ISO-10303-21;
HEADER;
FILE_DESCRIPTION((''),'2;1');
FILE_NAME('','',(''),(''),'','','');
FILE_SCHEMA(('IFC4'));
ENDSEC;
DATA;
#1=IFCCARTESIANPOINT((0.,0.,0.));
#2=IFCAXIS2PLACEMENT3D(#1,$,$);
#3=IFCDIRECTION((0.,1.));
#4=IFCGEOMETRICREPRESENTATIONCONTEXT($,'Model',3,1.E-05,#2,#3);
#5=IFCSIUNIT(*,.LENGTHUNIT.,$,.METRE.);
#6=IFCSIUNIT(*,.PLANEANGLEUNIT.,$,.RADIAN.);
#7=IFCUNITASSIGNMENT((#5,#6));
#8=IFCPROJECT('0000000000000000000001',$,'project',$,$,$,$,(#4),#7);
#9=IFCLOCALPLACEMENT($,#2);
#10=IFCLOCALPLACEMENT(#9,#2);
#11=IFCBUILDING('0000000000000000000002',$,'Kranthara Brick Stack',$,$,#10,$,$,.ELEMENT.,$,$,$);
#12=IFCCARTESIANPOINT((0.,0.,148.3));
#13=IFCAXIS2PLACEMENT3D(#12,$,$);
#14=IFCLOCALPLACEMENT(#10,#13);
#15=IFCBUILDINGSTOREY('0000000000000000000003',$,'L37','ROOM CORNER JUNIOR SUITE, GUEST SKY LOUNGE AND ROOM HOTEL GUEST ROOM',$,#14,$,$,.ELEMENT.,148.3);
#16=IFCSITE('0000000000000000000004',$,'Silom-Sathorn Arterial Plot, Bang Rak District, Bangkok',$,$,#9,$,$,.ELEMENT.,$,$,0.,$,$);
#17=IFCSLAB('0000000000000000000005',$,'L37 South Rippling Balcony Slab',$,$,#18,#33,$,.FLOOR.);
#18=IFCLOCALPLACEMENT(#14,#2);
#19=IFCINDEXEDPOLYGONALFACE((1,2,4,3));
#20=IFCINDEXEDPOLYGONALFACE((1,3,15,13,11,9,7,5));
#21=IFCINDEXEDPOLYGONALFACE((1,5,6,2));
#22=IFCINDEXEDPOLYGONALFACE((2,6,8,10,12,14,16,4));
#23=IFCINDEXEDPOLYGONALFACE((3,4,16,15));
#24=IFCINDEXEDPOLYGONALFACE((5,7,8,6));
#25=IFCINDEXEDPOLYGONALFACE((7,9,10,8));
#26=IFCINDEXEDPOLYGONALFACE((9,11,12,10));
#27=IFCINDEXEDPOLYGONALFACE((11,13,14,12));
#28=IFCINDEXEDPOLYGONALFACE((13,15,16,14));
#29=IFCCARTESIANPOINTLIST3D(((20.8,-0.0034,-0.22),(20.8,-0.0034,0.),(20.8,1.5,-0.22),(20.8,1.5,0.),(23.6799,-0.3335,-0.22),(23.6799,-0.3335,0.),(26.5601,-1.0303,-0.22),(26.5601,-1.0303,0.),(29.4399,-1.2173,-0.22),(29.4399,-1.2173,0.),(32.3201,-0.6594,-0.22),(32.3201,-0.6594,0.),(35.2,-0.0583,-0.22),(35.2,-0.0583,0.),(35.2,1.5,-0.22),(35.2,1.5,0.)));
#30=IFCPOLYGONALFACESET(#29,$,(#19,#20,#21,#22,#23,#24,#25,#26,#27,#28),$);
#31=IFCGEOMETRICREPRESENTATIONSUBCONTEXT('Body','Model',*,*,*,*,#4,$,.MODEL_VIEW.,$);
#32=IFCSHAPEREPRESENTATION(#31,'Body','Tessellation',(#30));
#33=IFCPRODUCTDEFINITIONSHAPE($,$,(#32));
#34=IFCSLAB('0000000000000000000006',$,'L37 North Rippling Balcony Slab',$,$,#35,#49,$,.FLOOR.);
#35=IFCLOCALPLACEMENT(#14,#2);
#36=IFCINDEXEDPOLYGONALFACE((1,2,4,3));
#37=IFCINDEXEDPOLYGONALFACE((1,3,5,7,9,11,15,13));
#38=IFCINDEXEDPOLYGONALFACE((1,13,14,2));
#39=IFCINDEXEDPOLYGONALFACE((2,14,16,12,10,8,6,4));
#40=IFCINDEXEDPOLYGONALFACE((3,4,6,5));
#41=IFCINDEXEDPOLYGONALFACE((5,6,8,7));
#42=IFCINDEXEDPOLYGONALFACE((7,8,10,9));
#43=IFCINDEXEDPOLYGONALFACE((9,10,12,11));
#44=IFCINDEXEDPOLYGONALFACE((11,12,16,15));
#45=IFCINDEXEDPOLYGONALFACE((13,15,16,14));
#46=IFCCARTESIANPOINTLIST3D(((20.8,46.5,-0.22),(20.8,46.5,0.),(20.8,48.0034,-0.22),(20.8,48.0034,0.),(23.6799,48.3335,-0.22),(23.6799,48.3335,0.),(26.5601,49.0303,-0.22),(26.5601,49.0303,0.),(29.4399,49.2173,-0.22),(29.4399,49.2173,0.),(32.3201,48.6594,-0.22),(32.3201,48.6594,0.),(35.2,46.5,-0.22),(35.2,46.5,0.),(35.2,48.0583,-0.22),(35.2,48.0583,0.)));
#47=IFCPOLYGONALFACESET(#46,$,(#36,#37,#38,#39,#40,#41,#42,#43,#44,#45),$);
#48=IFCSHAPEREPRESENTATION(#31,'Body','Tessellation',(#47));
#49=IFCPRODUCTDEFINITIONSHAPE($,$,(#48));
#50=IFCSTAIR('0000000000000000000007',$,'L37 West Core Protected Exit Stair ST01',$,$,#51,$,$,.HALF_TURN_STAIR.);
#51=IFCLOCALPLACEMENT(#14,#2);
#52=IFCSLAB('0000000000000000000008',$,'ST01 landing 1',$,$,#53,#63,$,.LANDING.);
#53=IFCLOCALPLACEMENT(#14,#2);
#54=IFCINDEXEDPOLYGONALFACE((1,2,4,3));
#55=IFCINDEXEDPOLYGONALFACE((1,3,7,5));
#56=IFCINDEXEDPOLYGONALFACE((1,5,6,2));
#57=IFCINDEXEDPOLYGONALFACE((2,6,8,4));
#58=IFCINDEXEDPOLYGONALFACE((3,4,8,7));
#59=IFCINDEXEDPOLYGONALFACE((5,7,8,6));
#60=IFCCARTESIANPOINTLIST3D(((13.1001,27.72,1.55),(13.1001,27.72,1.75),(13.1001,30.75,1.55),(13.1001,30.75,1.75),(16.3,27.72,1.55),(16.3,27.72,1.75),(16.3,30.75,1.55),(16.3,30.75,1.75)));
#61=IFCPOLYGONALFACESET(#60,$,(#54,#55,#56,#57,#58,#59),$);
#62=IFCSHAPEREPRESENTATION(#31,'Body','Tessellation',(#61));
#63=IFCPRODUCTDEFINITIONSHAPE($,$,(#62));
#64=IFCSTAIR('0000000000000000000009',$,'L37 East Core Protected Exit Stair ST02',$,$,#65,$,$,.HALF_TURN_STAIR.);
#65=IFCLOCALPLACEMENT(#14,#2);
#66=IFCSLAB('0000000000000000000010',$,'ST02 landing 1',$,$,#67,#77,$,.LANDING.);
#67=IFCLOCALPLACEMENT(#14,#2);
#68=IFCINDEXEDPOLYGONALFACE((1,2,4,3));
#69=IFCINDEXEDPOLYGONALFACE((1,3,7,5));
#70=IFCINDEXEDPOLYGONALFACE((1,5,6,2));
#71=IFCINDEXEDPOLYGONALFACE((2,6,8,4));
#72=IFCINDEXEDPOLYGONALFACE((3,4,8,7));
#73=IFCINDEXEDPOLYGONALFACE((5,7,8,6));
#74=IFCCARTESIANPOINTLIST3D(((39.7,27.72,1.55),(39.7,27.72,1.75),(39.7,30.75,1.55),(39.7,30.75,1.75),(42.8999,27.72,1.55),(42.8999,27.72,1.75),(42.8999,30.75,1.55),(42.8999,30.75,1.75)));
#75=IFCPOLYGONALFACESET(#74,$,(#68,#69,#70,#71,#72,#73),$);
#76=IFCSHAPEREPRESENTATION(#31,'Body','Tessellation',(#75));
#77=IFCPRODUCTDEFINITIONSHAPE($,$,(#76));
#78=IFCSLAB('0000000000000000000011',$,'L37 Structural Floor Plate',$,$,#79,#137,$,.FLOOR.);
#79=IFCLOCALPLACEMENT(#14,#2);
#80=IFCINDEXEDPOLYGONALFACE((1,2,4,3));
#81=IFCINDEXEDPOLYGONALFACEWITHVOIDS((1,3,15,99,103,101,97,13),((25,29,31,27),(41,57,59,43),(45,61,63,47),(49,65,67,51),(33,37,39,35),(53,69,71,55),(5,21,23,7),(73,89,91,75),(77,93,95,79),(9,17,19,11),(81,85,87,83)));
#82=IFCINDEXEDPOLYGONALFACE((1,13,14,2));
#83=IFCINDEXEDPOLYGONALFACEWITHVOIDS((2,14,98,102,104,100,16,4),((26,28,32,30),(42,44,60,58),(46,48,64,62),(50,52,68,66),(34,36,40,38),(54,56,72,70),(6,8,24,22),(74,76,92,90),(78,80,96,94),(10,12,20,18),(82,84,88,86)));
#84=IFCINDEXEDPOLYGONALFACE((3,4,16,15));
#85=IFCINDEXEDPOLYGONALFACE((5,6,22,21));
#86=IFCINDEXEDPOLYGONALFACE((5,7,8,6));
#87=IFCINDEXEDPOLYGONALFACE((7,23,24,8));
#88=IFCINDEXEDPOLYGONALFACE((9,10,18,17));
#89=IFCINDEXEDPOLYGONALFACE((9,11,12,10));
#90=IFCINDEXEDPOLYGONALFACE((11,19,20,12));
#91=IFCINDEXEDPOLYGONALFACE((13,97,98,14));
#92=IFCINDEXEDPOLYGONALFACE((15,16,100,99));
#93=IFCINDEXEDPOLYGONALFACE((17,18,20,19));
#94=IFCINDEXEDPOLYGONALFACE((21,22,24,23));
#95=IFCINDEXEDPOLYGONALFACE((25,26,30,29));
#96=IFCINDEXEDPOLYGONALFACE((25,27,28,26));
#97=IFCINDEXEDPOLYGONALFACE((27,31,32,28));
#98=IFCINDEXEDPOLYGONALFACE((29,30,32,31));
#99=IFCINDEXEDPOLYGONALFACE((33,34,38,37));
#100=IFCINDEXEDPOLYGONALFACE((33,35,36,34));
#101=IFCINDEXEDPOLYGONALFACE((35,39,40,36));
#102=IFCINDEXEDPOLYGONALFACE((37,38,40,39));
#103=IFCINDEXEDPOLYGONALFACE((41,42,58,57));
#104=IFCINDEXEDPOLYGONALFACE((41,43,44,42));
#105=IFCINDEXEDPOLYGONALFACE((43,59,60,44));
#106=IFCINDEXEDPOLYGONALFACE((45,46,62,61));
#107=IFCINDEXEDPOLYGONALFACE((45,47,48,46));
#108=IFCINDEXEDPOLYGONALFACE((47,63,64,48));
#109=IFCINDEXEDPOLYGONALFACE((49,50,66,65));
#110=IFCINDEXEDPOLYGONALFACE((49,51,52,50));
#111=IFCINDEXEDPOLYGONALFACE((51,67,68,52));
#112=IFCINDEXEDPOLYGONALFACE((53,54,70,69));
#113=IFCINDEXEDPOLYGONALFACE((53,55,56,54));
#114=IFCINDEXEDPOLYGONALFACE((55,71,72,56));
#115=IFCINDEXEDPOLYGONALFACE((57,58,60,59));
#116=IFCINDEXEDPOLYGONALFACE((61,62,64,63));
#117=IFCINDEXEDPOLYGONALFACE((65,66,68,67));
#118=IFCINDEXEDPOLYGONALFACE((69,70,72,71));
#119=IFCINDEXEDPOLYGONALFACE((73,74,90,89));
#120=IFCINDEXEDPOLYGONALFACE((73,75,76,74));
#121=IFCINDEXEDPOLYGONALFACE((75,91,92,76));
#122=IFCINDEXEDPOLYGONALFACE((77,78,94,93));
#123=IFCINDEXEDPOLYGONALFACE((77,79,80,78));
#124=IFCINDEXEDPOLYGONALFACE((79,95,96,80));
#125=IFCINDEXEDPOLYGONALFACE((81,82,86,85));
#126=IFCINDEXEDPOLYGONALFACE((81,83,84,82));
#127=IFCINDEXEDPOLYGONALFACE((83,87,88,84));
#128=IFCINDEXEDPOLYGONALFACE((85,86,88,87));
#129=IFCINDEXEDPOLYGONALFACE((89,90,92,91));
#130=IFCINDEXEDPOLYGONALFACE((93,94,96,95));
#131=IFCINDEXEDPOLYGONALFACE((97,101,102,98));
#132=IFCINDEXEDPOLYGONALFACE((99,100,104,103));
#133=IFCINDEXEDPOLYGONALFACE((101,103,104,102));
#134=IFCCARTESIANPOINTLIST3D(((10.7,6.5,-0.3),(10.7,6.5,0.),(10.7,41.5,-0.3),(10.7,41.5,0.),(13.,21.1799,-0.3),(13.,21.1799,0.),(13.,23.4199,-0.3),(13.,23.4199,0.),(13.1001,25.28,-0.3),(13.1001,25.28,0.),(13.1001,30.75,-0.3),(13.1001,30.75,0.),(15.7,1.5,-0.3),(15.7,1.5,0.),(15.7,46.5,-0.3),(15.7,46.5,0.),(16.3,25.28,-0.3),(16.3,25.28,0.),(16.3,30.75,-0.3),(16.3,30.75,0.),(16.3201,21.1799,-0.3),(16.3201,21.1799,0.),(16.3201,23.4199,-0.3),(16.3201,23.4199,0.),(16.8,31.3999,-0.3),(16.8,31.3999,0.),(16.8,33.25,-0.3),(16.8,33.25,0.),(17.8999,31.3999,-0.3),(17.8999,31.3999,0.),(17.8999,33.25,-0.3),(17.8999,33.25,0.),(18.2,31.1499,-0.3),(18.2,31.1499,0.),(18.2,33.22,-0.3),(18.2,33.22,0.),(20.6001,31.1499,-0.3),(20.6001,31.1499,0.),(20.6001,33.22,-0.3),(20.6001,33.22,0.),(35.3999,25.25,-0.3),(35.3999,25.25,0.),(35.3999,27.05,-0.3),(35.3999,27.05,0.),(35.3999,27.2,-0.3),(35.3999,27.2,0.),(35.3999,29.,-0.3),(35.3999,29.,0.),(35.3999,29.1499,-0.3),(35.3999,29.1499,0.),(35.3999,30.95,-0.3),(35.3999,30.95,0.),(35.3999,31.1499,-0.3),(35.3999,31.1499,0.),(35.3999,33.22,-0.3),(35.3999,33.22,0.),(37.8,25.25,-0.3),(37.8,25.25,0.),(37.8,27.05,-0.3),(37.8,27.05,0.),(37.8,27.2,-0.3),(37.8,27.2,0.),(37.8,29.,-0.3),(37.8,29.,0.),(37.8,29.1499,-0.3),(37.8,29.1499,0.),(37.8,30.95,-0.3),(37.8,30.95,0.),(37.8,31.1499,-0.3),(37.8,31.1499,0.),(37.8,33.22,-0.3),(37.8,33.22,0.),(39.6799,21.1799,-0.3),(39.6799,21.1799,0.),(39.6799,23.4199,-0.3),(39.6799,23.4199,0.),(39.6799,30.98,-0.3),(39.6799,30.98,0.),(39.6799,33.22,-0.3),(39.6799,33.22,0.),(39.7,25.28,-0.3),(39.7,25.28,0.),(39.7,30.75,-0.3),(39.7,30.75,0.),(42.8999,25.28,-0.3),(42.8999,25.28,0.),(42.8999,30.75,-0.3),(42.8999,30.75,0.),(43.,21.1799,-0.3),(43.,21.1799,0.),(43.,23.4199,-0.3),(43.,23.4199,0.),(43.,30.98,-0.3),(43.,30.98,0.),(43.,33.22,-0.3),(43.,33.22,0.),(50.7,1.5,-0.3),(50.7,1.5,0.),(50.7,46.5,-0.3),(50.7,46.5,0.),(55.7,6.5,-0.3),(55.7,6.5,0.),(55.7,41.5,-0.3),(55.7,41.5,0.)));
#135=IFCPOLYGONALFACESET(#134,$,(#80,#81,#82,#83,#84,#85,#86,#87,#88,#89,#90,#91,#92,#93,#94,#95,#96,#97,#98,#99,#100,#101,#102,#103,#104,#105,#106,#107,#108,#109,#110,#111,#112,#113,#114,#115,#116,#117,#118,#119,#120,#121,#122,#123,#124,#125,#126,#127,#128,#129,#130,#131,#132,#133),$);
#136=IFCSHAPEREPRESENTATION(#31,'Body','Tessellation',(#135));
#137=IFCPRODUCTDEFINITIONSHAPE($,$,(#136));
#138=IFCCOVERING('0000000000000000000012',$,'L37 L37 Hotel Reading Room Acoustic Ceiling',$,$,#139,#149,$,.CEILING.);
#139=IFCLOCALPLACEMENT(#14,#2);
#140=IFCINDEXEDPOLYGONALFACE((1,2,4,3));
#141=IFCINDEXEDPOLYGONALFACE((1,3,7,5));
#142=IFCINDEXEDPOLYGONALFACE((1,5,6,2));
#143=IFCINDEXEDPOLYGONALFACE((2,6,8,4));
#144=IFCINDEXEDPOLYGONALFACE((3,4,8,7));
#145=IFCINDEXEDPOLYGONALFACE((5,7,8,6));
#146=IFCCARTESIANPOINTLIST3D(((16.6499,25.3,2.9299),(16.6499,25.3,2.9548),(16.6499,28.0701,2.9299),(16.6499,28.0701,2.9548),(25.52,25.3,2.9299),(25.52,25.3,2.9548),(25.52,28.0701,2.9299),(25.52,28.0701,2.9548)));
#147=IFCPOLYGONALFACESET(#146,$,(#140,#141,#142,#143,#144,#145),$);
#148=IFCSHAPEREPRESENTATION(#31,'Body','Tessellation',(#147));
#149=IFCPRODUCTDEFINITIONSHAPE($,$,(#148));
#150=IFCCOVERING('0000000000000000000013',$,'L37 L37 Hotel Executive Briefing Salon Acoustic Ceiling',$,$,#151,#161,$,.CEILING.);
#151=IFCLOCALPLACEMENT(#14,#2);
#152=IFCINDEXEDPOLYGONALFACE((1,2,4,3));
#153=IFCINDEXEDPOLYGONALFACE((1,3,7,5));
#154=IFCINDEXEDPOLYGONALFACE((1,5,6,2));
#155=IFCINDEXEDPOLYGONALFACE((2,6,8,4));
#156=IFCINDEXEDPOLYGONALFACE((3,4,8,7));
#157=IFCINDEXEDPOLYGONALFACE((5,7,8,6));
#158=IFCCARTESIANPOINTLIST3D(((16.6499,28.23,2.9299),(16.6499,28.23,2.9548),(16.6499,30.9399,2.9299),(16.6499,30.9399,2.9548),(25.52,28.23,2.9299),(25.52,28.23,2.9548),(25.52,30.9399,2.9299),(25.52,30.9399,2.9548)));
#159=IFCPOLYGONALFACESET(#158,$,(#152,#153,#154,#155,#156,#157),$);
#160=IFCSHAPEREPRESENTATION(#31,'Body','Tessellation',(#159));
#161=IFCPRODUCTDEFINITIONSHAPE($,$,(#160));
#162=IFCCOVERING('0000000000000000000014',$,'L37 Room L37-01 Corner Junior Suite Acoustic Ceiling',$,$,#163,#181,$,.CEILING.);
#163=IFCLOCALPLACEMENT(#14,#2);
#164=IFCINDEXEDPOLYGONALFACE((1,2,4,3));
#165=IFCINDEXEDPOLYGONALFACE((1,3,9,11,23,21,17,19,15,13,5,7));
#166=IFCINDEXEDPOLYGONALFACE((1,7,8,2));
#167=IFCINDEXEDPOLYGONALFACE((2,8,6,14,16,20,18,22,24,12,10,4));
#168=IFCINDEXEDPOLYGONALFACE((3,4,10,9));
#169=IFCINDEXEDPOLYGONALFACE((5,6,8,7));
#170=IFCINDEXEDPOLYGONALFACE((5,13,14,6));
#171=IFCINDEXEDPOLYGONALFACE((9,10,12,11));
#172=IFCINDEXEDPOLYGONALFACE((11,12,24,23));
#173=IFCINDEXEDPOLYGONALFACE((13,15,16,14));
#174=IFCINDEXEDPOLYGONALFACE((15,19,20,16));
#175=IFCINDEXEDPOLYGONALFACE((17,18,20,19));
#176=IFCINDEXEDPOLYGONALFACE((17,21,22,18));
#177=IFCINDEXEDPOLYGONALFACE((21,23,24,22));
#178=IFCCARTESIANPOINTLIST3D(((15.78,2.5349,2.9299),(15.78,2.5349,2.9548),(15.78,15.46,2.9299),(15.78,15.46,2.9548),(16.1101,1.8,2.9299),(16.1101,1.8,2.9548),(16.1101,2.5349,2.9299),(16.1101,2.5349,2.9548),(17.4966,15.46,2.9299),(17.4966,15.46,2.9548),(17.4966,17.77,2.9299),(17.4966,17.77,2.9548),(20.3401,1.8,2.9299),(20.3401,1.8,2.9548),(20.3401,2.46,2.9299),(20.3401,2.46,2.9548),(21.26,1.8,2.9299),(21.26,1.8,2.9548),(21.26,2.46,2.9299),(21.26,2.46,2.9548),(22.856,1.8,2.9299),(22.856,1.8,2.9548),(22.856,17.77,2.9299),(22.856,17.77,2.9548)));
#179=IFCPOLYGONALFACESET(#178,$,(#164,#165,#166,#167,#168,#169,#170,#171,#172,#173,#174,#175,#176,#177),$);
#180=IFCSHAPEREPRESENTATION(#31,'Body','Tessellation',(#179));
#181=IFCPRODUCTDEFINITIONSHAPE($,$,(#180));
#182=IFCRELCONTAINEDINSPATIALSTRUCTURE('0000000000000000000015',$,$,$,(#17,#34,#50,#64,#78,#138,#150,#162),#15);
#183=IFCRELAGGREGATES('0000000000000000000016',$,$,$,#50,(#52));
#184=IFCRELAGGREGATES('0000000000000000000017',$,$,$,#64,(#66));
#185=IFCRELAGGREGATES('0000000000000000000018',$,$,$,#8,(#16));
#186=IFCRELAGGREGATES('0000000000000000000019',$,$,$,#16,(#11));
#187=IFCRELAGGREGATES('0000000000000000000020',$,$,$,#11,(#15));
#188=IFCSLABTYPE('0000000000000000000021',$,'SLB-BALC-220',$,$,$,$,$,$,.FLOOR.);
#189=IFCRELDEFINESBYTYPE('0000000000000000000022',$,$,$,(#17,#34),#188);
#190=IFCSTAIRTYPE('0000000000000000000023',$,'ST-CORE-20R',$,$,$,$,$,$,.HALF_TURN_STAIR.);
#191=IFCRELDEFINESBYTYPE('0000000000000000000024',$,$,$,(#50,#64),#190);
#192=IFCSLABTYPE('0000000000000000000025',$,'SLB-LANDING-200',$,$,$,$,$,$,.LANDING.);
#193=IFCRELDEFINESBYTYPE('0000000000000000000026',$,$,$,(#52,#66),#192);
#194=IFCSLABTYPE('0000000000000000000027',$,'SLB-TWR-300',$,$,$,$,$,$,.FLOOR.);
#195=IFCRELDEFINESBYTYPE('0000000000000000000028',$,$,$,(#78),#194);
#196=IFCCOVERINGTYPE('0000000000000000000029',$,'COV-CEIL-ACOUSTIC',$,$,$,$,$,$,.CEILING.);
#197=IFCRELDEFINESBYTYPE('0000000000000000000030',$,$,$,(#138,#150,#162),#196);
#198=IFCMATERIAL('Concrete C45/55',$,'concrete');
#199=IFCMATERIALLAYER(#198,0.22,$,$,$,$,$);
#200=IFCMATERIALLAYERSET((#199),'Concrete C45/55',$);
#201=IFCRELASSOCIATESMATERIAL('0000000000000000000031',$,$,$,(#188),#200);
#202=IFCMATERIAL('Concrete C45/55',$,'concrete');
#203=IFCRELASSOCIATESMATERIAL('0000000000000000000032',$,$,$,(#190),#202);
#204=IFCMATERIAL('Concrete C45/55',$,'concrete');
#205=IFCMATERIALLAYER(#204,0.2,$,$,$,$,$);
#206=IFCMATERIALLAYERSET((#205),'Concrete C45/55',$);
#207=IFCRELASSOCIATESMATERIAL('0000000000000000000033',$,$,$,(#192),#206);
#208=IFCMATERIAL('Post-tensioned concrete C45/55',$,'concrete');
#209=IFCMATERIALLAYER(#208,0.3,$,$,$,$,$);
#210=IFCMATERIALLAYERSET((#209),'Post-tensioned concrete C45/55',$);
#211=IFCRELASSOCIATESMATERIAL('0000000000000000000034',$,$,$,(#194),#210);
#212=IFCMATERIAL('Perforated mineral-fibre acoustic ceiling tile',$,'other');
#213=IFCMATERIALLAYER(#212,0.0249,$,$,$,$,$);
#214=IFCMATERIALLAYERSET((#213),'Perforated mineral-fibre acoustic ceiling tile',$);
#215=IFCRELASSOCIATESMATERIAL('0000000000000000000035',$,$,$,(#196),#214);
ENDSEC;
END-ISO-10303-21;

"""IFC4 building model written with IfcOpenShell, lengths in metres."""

from ifc_helpers import new_model, si_unit, direction, frame, origin, place, context, subcontext, project, spatial, polyline, outline, extrude, material, layer, layer_set, type_object, element, aggregate, save


model = new_model("IFC4")

# Units and contexts
model_context = context("Model", 3, precision=1e-05, world=origin(), true_north=direction((0.0, 1.0)))
body_context = subcontext(model_context, "Body", "Model", "MODEL_VIEW")
ifc_project = project(units=[si_unit("LENGTHUNIT", "METRE"), si_unit("PLANEANGLEUNIT", "RADIAN")], contexts=[model_context])

# Site, building, storey
site_placement = place(None, origin())
site = spatial("IfcSite", under=ifc_project, at=site_placement, Name="Silom-Sathorn Arterial Plot, Bang Rak District, Bangkok", CompositionType="ELEMENT", RefElevation=0.0)
building_placement = place(site_placement, origin())
building = spatial("IfcBuilding", under=site, at=building_placement, Name="Kranthara Brick Stack", CompositionType="ELEMENT")
storey_placement = place(building_placement, frame((0.0, 0.0, 148.3)))
storey = spatial("IfcBuildingStorey", under=building, at=storey_placement, Name="L37", Description="ROOM CORNER JUNIOR SUITE, GUEST SKY LOUNGE AND ROOM HOTEL GUEST ROOM", CompositionType="ELEMENT", Elevation=148.3)

# Slabs
ifc_material_1 = material(Name="Concrete C45/55", Category="concrete")
ifc_layer_1 = layer(ifc_material_1, 0.22)
ifc_layer_set_1 = layer_set([ifc_layer_1], Name="Concrete C45/55")
slab_type_1 = type_object("IfcSlabType", Name="SLB-BALC-220", PredefinedType="FLOOR", material=ifc_layer_set_1)
slab_1_placement = place(storey_placement, frame((0.0, 0.0, -0.22)))
element("IfcSlab", 1, at=slab_1_placement, inside=storey, type_object=slab_type_1, Name="L37 South Rippling Balcony Slab", PredefinedType="FLOOR", context=body_context, shape_type="SweptSolid", body=[
    extrude(outline(polyline([(20.8, 1.5), (35.2, 1.5), (35.2, -0.0583), (32.3201, -0.6594), (29.4399, -1.2173), (26.5601, -1.0303), (23.6799, -0.3335), (20.8, -0.0034), (20.8, 1.5)])), origin(), (0.0, 0.0, 1.0), 0.22),
])
slab_2_placement = place(storey_placement, frame((0.0, 0.0, -0.22)))
element("IfcSlab", 2, at=slab_2_placement, inside=storey, type_object=slab_type_1, Name="L37 North Rippling Balcony Slab", PredefinedType="FLOOR", context=body_context, shape_type="SweptSolid", body=[
    extrude(outline(polyline([(35.2, 46.5), (20.8, 46.5), (20.8, 48.0034), (23.6799, 48.3335), (26.5601, 49.0303), (29.4399, 49.2173), (32.3201, 48.6594), (35.2, 48.0583), (35.2, 46.5)])), origin(), (0.0, 0.0, 1.0), 0.22),
])

# Stairs, slabs
ifc_material_2 = material(Name="Concrete C45/55", Category="concrete")
stair_type = type_object("IfcStairType", Name="ST-CORE-20R", PredefinedType="HALF_TURN_STAIR", material=ifc_material_2)
stair_1_placement = place(storey_placement, origin())
stair_1 = element("IfcStair", 3, at=stair_1_placement, inside=storey, type_object=stair_type, Name="L37 West Core Protected Exit Stair ST01", PredefinedType="HALF_TURN_STAIR")
ifc_material_3 = material(Name="Concrete C45/55", Category="concrete")
ifc_layer_2 = layer(ifc_material_3, 0.2)
ifc_layer_set_2 = layer_set([ifc_layer_2], Name="Concrete C45/55")
slab_type_2 = type_object("IfcSlabType", Name="SLB-LANDING-200", PredefinedType="LANDING", material=ifc_layer_set_2)
slab_3_placement = place(storey_placement, frame((0.0, 0.0, 1.55)))
slab_3 = element("IfcSlab", 4, at=slab_3_placement, type_object=slab_type_2, Name="ST01 landing 1", PredefinedType="LANDING", context=body_context, shape_type="SweptSolid", body=[
    extrude(outline(polyline([(16.3, 27.72), (16.3, 30.75), (13.1001, 30.75), (13.1001, 27.72), (16.3, 27.72)])), origin(), (0.0, 0.0, 1.0), 0.2),
])
aggregate(stair_1, [slab_3])
stair_2_placement = place(storey_placement, origin())
stair_2 = element("IfcStair", 5, at=stair_2_placement, inside=storey, type_object=stair_type, Name="L37 East Core Protected Exit Stair ST02", PredefinedType="HALF_TURN_STAIR")
slab_4_placement = place(storey_placement, frame((0.0, 0.0, 1.55)))
slab_4 = element("IfcSlab", 6, at=slab_4_placement, type_object=slab_type_2, Name="ST02 landing 1", PredefinedType="LANDING", context=body_context, shape_type="SweptSolid", body=[
    extrude(outline(polyline([(42.8999, 27.72), (42.8999, 30.75), (39.7, 30.75), (39.7, 27.72), (42.8999, 27.72)])), origin(), (0.0, 0.0, 1.0), 0.2),
])
aggregate(stair_2, [slab_4])

# Slab
ifc_material_4 = material(Name="Post-tensioned concrete C45/55", Category="concrete")
ifc_layer_3 = layer(ifc_material_4, 0.3)
ifc_layer_set_3 = layer_set([ifc_layer_3], Name="Post-tensioned concrete C45/55")
slab_type_3 = type_object("IfcSlabType", Name="SLB-TWR-300", PredefinedType="FLOOR", material=ifc_layer_set_3)
slab_5_placement = place(storey_placement, frame((0.0, 0.0, -0.3)))
element("IfcSlab", 7, at=slab_5_placement, inside=storey, type_object=slab_type_3, Name="L37 Structural Floor Plate", PredefinedType="FLOOR", context=body_context, shape_type="SweptSolid", body=[
    extrude(outline(polyline([(15.7, 1.5), (50.7, 1.5), (55.7, 6.5), (55.7, 41.5), (50.7, 46.5), (15.7, 46.5), (10.7, 41.5), (10.7, 6.5), (15.7, 1.5)]), holes=[polyline([(13.1001, 25.28), (16.3, 25.28), (16.3, 30.75), (13.1001, 30.75), (13.1001, 25.28)]), polyline([(39.7, 25.28), (42.8999, 25.28), (42.8999, 30.75), (39.7, 30.75), (39.7, 25.28)]), polyline([(13.0, 21.1799), (16.3201, 21.1799), (16.3201, 23.4199), (13.0, 23.4199), (13.0, 21.1799)]), polyline([(39.6799, 21.1799), (43.0, 21.1799), (43.0, 23.4199), (39.6799, 23.4199), (39.6799, 21.1799)]), polyline([(39.6799, 30.98), (43.0, 30.98), (43.0, 33.22), (39.6799, 33.22), (39.6799, 30.98)]), polyline([(35.3999, 25.25), (37.8, 25.25), (37.8, 27.05), (35.3999, 27.05), (35.3999, 25.25)]), polyline([(35.3999, 27.2), (37.8, 27.2), (37.8, 29.0), (35.3999, 29.0), (35.3999, 27.2)]), polyline([(35.3999, 29.1499), (37.8, 29.1499), (37.8, 30.95), (35.3999, 30.95), (35.3999, 29.1499)]), polyline([(18.2, 31.1499), (20.6001, 31.1499), (20.6001, 33.22), (18.2, 33.22), (18.2, 31.1499)]), polyline([(35.3999, 31.1499), (37.8, 31.1499), (37.8, 33.22), (35.3999, 33.22), (35.3999, 31.1499)]), polyline([(16.8, 31.3999), (17.8999, 31.3999), (17.8999, 33.25), (16.8, 33.25), (16.8, 31.3999)])]), origin(), (0.0, 0.0, 1.0), 0.3),
])

# Coverings
ifc_material_5 = material(Name="Perforated mineral-fibre acoustic ceiling tile", Category="other")
ifc_layer_4 = layer(ifc_material_5, 0.0249)
ifc_layer_set_4 = layer_set([ifc_layer_4], Name="Perforated mineral-fibre acoustic ceiling tile")
covering_type_1 = type_object("IfcCoveringType", Name="COV-CEIL-ACOUSTIC", PredefinedType="CEILING", material=ifc_layer_set_4)
covering_1_placement = place(storey_placement, frame((0.0, 0.0, 2.9299)))
element("IfcCovering", 8, at=covering_1_placement, inside=storey, type_object=covering_type_1, Name="L37 L37 Hotel Reading Room Acoustic Ceiling", PredefinedType="CEILING", context=body_context, shape_type="SweptSolid", body=[
    extrude(outline(polyline([(25.52, 25.3), (25.52, 28.0701), (16.6499, 28.0701), (16.6499, 25.3), (25.52, 25.3)])), origin(), (0.0, 0.0, 1.0), 0.0249),
])
covering_2_placement = place(storey_placement, frame((0.0, 0.0, 2.9299)))
element("IfcCovering", 9, at=covering_2_placement, inside=storey, type_object=covering_type_1, Name="L37 L37 Hotel Executive Briefing Salon Acoustic Ceiling", PredefinedType="CEILING", context=body_context, shape_type="SweptSolid", body=[
    extrude(outline(polyline([(25.52, 28.23), (25.52, 30.9399), (16.6499, 30.9399), (16.6499, 28.23), (25.52, 28.23)])), origin(), (0.0, 0.0, 1.0), 0.0249),
])
covering_3_placement = place(storey_placement, frame((0.0, 0.0, 2.9299)))
element("IfcCovering", 10, at=covering_3_placement, inside=storey, type_object=covering_type_1, Name="L37 Room L37-01 Corner Junior Suite Acoustic Ceiling", PredefinedType="CEILING", context=body_context, shape_type="SweptSolid", body=[
    extrude(outline(polyline([(17.4966, 15.46), (17.4966, 17.77), (22.856, 17.77), (22.856, 1.8), (21.26, 1.8), (21.26, 2.46), (20.3401, 2.46), (20.3401, 1.8), (16.1101, 1.8), (16.1101, 2.5349), (15.78, 2.5349), (15.78, 15.46), (17.4966, 15.46)])), origin(), (0.0, 0.0, 1.0), 0.0249),
])

save(model, "model.ifc")
